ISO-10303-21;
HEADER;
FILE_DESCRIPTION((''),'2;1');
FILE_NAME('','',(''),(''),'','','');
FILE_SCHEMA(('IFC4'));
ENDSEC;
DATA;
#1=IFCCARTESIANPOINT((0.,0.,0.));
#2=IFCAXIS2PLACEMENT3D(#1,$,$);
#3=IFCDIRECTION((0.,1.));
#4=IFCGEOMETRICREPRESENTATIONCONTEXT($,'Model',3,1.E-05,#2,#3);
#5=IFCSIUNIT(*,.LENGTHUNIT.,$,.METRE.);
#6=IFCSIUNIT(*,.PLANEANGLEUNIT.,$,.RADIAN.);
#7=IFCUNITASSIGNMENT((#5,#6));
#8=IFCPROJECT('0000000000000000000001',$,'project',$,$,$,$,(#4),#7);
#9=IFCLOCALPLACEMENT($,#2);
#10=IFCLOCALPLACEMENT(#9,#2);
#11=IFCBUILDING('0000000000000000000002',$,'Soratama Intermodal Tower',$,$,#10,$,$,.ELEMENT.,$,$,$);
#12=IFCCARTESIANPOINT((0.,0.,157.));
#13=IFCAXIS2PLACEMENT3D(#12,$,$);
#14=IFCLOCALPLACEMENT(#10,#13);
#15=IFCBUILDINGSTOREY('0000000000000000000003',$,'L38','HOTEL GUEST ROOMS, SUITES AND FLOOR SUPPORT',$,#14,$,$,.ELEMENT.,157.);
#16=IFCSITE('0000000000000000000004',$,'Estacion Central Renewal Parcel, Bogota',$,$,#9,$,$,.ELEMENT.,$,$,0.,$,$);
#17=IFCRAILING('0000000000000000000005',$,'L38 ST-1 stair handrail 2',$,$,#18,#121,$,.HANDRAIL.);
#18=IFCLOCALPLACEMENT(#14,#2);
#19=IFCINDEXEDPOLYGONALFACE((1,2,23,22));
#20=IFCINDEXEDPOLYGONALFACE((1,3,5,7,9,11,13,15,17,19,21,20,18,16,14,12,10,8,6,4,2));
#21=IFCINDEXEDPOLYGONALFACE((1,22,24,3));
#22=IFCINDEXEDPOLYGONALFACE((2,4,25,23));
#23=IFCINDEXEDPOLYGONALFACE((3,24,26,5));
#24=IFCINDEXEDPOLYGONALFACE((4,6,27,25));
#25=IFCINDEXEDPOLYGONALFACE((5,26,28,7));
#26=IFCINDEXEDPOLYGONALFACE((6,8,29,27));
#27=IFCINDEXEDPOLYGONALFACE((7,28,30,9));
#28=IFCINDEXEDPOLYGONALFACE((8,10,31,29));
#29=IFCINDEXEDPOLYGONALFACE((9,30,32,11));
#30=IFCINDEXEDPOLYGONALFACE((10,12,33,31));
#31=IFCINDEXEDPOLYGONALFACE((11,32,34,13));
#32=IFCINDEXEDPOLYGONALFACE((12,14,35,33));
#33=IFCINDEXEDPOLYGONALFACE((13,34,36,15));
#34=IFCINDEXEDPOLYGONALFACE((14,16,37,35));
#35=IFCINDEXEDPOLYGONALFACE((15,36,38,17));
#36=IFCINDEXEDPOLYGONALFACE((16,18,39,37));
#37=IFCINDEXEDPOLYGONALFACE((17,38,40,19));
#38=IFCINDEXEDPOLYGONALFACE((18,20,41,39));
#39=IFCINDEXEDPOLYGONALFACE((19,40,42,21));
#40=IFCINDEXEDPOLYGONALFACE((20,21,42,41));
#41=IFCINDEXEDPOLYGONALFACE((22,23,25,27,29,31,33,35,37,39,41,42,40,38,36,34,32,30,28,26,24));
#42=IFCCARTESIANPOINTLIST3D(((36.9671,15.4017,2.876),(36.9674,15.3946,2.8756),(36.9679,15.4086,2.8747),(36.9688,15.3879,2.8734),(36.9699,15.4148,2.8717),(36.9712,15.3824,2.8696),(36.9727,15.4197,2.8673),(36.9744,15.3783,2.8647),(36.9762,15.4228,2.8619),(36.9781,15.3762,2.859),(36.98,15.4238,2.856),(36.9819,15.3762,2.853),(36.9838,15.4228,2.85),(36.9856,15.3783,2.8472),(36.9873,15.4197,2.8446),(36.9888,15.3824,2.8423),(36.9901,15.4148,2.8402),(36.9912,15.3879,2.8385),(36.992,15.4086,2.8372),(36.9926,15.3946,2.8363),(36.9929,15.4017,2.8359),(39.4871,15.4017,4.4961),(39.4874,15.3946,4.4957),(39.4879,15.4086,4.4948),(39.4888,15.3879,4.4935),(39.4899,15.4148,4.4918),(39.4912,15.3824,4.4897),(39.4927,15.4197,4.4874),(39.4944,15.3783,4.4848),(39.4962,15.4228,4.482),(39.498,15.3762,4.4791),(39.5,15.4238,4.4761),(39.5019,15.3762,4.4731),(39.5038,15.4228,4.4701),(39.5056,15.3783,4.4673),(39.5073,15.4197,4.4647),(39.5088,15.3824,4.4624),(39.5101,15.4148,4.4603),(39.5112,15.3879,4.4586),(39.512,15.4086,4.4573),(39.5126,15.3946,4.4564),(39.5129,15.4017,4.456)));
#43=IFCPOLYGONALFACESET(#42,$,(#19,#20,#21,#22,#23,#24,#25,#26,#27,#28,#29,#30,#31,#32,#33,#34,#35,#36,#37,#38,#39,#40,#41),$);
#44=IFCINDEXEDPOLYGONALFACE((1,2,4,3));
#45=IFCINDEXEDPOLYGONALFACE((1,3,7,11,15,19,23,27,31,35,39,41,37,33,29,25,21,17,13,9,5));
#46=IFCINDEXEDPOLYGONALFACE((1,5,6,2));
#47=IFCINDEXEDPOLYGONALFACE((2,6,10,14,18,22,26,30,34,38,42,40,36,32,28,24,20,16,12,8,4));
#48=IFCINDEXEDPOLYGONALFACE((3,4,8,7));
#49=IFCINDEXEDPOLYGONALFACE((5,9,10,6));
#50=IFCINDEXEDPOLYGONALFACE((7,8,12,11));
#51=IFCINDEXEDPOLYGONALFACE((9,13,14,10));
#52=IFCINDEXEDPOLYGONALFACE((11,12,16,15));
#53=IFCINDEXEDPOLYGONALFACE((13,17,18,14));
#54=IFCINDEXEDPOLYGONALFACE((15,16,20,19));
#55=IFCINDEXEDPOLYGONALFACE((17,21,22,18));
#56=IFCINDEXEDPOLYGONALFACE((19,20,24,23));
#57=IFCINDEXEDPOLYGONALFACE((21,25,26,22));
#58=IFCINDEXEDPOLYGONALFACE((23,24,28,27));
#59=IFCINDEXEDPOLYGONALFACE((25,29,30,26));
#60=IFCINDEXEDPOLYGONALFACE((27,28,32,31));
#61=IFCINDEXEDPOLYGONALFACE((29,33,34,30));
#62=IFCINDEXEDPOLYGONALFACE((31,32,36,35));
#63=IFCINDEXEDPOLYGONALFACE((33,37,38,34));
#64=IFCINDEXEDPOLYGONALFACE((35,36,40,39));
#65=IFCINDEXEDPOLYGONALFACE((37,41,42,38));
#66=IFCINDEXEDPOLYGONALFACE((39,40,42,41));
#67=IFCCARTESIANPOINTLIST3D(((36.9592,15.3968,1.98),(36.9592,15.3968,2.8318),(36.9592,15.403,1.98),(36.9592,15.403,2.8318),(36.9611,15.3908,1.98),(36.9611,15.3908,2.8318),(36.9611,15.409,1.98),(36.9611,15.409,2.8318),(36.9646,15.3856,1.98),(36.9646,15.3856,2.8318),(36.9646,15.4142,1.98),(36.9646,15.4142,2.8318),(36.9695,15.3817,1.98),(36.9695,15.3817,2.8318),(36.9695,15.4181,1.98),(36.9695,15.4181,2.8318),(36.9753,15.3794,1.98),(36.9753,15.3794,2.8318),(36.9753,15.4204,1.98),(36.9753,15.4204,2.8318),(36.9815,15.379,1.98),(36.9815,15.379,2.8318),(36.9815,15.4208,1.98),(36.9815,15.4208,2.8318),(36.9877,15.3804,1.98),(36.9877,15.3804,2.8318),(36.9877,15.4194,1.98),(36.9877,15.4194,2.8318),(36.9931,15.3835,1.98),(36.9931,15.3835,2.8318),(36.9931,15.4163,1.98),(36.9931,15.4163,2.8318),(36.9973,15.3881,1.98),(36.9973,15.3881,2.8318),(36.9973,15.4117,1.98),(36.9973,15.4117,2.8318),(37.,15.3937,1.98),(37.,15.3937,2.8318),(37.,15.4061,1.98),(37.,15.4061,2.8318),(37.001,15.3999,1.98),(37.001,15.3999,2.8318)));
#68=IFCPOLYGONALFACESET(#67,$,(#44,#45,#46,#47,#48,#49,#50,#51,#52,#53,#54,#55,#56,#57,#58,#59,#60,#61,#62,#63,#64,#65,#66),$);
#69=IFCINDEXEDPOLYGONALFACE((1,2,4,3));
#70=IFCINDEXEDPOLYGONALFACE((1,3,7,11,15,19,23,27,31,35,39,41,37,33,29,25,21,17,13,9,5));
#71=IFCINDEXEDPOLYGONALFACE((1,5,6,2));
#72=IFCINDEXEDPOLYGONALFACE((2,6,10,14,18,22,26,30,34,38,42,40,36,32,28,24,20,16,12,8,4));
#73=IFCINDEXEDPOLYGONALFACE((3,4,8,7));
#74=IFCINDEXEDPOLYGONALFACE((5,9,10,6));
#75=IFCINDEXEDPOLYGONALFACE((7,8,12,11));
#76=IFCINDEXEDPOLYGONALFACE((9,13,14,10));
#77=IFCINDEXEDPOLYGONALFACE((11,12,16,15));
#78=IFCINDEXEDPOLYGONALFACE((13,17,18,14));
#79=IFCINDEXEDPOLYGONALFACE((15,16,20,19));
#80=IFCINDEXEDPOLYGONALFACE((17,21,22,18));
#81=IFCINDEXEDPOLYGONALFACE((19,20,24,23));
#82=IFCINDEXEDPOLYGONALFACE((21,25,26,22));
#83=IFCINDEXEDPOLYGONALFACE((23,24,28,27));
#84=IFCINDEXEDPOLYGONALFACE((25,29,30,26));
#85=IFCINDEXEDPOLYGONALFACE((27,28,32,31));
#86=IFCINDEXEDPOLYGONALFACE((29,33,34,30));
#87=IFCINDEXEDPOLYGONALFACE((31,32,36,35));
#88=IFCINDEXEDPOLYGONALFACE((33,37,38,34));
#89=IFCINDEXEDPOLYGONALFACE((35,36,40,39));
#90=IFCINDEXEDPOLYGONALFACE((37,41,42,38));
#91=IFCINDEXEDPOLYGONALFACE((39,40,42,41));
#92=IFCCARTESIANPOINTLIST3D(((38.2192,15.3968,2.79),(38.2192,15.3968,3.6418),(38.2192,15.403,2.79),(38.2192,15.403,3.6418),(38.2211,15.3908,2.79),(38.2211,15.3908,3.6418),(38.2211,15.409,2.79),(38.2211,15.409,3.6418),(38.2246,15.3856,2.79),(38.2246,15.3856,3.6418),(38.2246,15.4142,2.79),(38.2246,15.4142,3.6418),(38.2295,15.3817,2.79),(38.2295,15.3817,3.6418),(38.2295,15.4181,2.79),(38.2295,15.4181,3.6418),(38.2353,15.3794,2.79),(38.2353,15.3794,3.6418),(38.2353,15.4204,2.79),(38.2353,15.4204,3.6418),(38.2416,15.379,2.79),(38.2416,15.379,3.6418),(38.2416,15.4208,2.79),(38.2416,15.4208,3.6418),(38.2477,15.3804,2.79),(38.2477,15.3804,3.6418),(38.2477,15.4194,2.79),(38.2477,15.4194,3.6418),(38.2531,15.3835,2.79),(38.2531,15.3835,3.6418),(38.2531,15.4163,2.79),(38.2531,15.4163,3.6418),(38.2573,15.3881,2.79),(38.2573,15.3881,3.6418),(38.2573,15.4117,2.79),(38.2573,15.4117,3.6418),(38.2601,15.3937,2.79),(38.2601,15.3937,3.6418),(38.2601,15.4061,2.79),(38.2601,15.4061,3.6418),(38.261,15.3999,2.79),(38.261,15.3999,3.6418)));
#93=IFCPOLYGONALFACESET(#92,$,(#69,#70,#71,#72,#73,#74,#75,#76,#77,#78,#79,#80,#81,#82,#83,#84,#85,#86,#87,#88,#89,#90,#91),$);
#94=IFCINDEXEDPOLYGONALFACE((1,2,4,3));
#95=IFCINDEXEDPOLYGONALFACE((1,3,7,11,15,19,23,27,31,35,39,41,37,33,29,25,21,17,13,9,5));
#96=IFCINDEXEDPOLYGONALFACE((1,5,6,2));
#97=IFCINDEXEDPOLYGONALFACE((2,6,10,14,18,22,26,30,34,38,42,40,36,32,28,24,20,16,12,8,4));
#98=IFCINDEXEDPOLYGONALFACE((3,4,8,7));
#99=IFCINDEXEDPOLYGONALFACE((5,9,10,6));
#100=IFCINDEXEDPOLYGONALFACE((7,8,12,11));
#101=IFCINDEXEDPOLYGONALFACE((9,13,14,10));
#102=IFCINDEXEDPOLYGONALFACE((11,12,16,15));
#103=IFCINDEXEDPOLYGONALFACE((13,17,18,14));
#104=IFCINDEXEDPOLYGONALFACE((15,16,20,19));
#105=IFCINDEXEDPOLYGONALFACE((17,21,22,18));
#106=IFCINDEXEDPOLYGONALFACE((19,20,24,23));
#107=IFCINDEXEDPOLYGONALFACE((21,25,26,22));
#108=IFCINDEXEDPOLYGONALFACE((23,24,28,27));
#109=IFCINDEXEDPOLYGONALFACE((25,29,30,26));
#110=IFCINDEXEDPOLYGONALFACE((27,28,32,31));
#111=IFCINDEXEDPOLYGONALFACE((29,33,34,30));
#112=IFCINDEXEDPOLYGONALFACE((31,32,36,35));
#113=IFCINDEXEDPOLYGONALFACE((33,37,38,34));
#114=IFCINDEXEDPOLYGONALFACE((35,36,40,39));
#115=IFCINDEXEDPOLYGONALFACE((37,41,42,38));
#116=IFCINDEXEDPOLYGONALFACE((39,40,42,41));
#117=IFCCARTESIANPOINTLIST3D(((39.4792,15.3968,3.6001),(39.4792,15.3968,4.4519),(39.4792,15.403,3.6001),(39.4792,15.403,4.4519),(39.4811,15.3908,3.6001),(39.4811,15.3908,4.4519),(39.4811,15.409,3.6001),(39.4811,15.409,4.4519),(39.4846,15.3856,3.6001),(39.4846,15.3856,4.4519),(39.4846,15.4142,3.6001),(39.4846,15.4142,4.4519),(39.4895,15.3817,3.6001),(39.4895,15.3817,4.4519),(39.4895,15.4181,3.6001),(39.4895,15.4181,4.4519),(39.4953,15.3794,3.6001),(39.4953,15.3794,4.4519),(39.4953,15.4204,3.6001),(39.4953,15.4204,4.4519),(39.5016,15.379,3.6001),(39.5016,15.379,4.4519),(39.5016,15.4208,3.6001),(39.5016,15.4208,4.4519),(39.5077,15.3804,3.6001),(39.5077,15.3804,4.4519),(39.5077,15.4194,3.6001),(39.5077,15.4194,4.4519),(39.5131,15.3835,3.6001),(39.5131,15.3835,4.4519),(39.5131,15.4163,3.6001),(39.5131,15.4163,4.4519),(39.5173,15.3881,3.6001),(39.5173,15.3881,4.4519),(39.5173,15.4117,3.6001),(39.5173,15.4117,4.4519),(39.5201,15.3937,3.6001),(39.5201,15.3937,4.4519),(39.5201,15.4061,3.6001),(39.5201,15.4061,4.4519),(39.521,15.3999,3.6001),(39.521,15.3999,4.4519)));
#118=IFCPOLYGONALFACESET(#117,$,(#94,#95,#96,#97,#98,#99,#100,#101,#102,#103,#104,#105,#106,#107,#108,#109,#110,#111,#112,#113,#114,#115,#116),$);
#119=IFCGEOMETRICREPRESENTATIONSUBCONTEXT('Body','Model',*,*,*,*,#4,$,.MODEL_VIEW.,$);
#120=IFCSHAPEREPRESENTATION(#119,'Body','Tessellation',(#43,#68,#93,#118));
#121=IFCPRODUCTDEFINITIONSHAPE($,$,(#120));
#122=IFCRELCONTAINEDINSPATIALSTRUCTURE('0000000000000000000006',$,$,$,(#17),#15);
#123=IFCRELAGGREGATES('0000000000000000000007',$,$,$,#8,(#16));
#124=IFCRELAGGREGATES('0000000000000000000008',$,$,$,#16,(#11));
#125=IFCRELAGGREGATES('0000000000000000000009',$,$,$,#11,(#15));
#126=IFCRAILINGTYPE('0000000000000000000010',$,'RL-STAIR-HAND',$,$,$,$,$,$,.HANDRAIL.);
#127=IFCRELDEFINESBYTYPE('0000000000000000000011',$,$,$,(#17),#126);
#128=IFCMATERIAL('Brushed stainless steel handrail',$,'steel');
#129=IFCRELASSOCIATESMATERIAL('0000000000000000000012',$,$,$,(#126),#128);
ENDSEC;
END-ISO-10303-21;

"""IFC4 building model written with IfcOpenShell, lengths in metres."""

from ifc_helpers import new_model, si_unit, direction, frame, origin, origin_2d, place, context, subcontext, project, spatial, circle, extrude, material, type_object, element, save


model = new_model("IFC4")

# Units and contexts
model_context = context("Model", 3, precision=1e-05, world=origin(), true_north=direction((0.0, 1.0)))
body_context = subcontext(model_context, "Body", "Model", "MODEL_VIEW")
ifc_project = project(units=[si_unit("LENGTHUNIT", "METRE"), si_unit("PLANEANGLEUNIT", "RADIAN")], contexts=[model_context])

# Site, building, storey
site_placement = place(None, origin())
site = spatial("IfcSite", under=ifc_project, at=site_placement, Name="Estacion Central Renewal Parcel, Bogota", CompositionType="ELEMENT", RefElevation=0.0)
building_placement = place(site_placement, origin())
building = spatial("IfcBuilding", under=site, at=building_placement, Name="Soratama Intermodal Tower", CompositionType="ELEMENT")
storey_placement = place(building_placement, frame((0.0, 0.0, 157.0)))
storey = spatial("IfcBuildingStorey", under=building, at=storey_placement, Name="L38", Description="HOTEL GUEST ROOMS, SUITES AND FLOOR SUPPORT", CompositionType="ELEMENT", Elevation=157.0)

# Railing
ifc_material_1 = material(Name="Brushed stainless steel handrail", Category="steel")
railing_type_1 = type_object("IfcRailingType", Name="RL-STAIR-HAND", PredefinedType="HANDRAIL", material=ifc_material_1)
railing_1_placement = place(storey_placement, frame((36.98, 15.3999, 1.98)))
element("IfcRailing", 1, at=railing_1_placement, inside=storey, type_object=railing_type_1, Name="L38 ST-1 stair handrail 2", PredefinedType="HANDRAIL", context=body_context, shape_type="SweptSolid", body=[
    extrude(circle(Radius=0.0239, at=origin_2d()), frame((0.0, 0.0, 0.876), z_axis=(0.841163, 0.0, 0.540782), x_axis=(0.0, 1.0, 0.0)), (0.0, 0.0, 1.0), 2.9958),
    extrude(circle(Radius=0.021, at=origin_2d()), origin(), (0.0, 0.0, 1.0), 0.8518),
    extrude(circle(Radius=0.021, at=origin_2d()), frame((1.26, 0.0, 0.8101)), (0.0, 0.0, 1.0), 0.8518),
    extrude(circle(Radius=0.021, at=origin_2d()), frame((2.52, 0.0, 1.6201)), (0.0, 0.0, 1.0), 0.8518),
])

save(model, "model.ifc")
